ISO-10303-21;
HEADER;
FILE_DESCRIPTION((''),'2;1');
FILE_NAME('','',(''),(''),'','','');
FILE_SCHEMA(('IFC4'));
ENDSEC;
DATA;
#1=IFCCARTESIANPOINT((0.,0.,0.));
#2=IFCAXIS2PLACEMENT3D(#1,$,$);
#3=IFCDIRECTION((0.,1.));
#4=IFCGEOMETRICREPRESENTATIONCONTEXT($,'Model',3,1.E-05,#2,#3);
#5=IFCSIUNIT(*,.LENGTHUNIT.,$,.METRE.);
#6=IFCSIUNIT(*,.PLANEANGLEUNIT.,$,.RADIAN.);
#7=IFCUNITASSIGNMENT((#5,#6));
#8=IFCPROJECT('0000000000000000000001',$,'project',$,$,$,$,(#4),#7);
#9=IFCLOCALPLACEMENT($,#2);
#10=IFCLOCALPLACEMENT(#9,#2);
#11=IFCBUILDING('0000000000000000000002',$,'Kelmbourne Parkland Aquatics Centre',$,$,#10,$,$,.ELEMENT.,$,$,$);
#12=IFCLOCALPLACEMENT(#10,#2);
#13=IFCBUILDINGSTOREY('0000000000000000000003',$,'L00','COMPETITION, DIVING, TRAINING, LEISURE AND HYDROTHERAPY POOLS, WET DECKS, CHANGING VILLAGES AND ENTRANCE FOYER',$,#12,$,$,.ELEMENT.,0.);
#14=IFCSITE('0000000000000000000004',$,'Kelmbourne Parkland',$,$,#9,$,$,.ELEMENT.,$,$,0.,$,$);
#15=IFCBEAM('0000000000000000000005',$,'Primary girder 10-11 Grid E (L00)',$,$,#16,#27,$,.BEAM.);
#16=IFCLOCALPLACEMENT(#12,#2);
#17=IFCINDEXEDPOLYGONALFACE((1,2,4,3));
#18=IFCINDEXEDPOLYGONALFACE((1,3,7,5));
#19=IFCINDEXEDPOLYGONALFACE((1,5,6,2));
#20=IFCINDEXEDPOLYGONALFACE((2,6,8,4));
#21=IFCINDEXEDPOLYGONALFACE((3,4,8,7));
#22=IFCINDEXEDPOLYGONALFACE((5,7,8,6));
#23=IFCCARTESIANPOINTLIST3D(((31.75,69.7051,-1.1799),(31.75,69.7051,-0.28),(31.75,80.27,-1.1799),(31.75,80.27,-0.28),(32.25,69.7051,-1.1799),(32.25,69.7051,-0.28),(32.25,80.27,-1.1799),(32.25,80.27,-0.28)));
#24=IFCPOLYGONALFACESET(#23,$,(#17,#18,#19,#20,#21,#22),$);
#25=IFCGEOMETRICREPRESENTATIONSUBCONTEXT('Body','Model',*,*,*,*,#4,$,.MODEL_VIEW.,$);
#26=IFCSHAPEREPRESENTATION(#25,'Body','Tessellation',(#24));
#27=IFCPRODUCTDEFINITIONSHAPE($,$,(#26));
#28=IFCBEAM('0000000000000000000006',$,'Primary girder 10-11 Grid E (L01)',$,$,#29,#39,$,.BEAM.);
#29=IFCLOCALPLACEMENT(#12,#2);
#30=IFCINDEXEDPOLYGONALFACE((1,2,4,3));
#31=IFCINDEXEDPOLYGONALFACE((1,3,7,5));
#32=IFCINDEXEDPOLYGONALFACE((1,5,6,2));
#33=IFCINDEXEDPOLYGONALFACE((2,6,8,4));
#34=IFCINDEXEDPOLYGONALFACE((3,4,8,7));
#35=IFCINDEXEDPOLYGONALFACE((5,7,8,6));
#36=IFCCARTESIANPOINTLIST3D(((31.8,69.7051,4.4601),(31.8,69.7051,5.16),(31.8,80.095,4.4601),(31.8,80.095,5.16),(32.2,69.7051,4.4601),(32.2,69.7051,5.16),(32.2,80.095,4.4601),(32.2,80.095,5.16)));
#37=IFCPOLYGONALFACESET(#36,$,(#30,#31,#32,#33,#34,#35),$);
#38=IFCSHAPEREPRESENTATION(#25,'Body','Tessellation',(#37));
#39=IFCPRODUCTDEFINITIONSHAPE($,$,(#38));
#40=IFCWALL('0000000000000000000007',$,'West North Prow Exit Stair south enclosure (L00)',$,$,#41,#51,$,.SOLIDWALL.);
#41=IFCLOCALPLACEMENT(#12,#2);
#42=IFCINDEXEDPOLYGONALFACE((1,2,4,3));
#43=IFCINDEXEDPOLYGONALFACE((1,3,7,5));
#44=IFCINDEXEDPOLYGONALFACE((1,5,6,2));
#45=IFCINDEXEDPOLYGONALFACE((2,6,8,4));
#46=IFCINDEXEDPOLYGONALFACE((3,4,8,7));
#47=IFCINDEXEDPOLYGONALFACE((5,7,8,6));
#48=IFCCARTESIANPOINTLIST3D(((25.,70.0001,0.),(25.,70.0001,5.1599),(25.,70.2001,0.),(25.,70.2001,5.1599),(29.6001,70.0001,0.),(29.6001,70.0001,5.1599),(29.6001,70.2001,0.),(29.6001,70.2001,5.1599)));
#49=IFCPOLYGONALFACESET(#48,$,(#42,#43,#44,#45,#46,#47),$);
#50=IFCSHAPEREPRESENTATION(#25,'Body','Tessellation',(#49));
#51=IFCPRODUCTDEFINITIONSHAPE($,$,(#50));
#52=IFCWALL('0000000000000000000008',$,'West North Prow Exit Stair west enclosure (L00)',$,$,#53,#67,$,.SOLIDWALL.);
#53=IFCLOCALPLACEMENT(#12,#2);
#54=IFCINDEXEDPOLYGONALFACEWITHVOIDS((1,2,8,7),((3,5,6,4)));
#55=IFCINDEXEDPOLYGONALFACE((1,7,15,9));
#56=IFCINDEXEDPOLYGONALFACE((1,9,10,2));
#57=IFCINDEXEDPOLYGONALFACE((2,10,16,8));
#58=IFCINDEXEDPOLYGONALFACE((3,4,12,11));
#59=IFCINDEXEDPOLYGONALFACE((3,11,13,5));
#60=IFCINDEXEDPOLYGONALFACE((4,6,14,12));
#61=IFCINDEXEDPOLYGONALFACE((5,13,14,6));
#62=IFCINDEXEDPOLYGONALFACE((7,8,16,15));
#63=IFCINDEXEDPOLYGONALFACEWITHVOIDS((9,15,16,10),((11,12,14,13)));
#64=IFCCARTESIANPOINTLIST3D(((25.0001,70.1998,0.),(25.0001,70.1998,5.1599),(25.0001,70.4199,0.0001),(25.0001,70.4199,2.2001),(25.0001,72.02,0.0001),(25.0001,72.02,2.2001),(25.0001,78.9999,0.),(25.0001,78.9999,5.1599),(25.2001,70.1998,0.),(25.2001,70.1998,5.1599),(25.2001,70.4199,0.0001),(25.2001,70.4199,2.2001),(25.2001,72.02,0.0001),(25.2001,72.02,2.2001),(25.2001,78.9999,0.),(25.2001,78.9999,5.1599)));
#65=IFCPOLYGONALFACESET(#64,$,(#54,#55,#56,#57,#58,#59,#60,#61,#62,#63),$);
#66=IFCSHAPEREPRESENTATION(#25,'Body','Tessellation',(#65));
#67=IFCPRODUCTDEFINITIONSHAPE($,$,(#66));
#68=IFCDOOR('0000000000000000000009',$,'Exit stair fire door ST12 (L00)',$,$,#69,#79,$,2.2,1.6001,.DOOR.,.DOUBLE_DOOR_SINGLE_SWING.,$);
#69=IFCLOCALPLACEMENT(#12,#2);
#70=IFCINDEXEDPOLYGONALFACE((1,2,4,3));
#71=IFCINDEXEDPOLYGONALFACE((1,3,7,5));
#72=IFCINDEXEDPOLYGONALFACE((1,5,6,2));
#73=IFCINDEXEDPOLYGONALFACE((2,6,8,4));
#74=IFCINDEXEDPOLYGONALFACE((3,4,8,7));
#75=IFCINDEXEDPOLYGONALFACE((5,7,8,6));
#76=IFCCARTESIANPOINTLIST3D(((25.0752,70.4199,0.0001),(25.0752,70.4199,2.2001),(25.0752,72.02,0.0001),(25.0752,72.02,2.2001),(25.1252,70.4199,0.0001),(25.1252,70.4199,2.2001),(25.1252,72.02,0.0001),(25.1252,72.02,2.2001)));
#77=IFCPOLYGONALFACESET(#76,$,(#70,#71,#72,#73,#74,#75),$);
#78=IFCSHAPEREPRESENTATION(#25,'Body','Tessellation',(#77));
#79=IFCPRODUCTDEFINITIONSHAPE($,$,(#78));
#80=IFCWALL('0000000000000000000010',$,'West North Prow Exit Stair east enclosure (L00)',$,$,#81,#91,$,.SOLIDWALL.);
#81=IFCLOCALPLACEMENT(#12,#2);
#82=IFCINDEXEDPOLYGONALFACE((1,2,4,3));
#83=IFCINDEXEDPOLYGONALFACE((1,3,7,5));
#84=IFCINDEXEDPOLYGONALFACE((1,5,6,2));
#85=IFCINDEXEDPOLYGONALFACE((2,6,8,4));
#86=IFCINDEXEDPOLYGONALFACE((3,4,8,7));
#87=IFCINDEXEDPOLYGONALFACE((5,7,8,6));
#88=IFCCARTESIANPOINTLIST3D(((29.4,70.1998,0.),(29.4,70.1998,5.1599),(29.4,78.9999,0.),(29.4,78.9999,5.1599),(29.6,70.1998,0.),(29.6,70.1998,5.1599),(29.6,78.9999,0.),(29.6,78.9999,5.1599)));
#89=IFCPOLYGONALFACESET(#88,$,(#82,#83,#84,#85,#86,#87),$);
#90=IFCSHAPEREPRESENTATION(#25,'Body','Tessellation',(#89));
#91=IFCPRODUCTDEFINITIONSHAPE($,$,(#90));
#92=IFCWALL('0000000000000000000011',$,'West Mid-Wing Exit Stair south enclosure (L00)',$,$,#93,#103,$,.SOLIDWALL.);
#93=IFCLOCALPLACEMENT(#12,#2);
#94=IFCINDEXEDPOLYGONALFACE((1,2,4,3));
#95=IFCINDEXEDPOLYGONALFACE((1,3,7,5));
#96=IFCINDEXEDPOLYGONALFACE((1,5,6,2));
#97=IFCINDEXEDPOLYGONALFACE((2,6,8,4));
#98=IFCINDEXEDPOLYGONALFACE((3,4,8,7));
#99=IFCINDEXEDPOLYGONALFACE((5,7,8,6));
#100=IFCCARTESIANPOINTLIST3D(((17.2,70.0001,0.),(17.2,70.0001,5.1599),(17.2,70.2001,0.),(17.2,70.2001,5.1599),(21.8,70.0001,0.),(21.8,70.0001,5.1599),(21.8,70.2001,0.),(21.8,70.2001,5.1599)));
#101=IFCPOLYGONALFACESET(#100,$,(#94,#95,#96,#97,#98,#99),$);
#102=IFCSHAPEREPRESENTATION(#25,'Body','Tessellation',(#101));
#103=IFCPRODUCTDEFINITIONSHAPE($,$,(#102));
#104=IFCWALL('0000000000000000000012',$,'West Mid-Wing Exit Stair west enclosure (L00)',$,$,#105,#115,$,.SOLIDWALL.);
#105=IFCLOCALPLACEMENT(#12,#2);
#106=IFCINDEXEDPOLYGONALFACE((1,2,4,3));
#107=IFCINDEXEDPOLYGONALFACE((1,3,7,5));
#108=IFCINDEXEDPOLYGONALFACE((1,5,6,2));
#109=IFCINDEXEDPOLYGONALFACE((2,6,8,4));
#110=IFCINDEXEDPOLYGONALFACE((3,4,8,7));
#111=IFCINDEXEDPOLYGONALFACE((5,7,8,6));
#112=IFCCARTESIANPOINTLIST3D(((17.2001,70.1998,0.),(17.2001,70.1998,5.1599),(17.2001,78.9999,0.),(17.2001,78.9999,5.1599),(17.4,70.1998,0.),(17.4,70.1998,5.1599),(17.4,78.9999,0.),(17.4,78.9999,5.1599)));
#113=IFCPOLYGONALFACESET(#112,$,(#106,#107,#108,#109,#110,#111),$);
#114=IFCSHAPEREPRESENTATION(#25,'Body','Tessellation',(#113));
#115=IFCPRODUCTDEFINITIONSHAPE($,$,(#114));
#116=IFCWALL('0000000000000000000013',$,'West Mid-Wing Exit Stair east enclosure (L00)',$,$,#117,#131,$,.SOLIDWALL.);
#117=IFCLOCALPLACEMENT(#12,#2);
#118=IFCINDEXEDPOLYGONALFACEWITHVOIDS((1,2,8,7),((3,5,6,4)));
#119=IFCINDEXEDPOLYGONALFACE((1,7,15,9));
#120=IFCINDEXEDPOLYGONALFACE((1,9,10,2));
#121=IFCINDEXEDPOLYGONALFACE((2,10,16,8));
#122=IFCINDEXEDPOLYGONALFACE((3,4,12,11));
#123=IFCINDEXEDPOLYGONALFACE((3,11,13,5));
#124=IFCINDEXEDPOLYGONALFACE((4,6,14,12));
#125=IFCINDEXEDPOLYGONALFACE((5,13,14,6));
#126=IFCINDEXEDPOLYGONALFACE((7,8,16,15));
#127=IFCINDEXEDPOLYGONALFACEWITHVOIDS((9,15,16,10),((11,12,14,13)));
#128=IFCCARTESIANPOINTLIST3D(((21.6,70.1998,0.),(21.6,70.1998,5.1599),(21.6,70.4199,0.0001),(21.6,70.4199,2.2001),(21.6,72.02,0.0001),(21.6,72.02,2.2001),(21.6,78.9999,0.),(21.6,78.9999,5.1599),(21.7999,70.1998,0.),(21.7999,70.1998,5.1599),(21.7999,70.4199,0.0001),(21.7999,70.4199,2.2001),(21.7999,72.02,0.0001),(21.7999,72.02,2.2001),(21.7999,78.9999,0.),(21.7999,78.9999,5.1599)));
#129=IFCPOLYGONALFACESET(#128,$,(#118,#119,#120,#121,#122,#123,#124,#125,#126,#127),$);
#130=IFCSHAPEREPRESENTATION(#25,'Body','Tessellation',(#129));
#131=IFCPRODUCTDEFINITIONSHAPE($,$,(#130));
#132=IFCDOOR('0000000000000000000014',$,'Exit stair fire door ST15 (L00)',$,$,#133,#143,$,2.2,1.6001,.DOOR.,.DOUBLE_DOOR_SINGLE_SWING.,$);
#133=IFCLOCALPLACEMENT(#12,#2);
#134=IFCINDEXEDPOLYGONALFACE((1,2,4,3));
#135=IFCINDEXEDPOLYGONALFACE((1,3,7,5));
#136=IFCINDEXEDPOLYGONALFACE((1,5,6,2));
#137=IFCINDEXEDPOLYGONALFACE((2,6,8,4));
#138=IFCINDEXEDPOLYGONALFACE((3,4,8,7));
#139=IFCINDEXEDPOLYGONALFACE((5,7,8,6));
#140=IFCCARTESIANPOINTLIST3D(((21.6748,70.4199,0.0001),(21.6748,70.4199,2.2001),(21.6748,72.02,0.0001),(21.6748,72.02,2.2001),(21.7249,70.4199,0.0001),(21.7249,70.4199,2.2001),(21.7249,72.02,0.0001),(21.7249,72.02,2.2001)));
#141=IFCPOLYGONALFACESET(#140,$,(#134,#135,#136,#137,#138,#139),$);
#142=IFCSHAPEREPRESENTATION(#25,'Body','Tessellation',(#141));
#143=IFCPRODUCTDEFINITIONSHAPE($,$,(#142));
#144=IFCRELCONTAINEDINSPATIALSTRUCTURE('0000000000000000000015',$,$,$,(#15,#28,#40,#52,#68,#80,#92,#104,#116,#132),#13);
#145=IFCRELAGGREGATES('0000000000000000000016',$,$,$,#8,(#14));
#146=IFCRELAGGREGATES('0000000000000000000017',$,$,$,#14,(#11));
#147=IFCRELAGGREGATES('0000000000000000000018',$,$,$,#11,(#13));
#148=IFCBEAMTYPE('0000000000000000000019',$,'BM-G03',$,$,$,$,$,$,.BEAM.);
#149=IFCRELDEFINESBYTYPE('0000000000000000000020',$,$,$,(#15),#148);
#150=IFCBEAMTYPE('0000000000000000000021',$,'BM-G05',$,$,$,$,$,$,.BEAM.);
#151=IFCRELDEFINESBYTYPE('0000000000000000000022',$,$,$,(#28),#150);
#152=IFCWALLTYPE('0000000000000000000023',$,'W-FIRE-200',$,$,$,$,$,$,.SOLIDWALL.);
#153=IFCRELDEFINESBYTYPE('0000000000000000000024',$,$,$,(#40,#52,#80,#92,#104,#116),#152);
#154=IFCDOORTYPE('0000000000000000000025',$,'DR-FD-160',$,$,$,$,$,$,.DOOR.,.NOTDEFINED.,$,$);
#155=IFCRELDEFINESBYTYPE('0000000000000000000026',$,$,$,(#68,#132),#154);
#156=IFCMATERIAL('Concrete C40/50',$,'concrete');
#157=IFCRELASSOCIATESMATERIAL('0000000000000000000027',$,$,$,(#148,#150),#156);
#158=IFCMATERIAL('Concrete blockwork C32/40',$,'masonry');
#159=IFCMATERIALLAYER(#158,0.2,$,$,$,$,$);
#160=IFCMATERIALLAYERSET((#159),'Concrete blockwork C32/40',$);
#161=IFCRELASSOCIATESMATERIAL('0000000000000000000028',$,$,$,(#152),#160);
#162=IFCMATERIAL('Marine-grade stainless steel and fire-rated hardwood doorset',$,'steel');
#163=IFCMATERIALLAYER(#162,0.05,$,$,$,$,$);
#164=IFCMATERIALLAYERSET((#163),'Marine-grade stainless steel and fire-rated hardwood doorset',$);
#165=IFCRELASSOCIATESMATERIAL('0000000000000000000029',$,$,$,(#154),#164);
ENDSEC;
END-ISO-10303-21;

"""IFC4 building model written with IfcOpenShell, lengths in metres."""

from ifc_helpers import new_model, si_unit, direction, frame, frame_2d, origin, origin_2d, place, context, subcontext, project, spatial, rectangle, extrude, material, layer, layer_set, material_profile, profile_set, type_object, element, fill, save


model = new_model("IFC4")

# Units and contexts
model_context = context("Model", 3, precision=1e-05, world=origin(), true_north=direction((0.0, 1.0)))
body_context = subcontext(model_context, "Body", "Model", "MODEL_VIEW")
ifc_project = project(units=[si_unit("LENGTHUNIT", "METRE"), si_unit("PLANEANGLEUNIT", "RADIAN")], contexts=[model_context])

# Site, building, storey
site_placement = place(None, origin())
site = spatial("IfcSite", under=ifc_project, at=site_placement, Name="Kelmbourne Parkland", CompositionType="ELEMENT", RefElevation=0.0)
building_placement = place(site_placement, origin())
building = spatial("IfcBuilding", under=site, at=building_placement, Name="Kelmbourne Parkland Aquatics Centre", CompositionType="ELEMENT")
storey_placement = place(building_placement, origin())
storey = spatial("IfcBuildingStorey", under=building, at=storey_placement, Name="L00", Description="COMPETITION, DIVING, TRAINING, LEISURE AND HYDROTHERAPY POOLS, WET DECKS, CHANGING VILLAGES AND ENTRANCE FOYER", CompositionType="ELEMENT", Elevation=0.0)

# Beams
ifc_material_1 = material(Name="Concrete C40/50", Category="concrete")
ifc_material_profile_1 = material_profile(ifc_material_1, rectangle(XDim=0.5, YDim=0.8999, at=origin_2d()), Name="RC 500x900")
ifc_profile_set_1 = profile_set([ifc_material_profile_1], Name="Concrete C40/50")
beam_type_1 = type_object("IfcBeamType", Name="BM-G03", PredefinedType="BEAM", material=ifc_profile_set_1)
beam_1_placement = place(storey_placement, frame((32.0, 69.7051, -0.73), z_axis=(0.0, 1.0, 0.0), x_axis=(-1.0, 0.0, 0.0)))
element("IfcBeam", 1, at=beam_1_placement, inside=storey, type_object=beam_type_1, Name="Primary girder 10-11 Grid E (L00)", PredefinedType="BEAM", context=body_context, shape_type="SweptSolid", body=[
    extrude(rectangle(XDim=0.5, YDim=0.8999, at=origin_2d()), origin(), (0.0, 0.0, 1.0), 10.5649),
])
ifc_material_profile_2 = material_profile(ifc_material_1, rectangle(XDim=0.3999, YDim=0.7, at=origin_2d()), Name="RC 400x700")
ifc_profile_set_2 = profile_set([ifc_material_profile_2], Name="Concrete C40/50")
beam_type_2 = type_object("IfcBeamType", Name="BM-G05", PredefinedType="BEAM", material=ifc_profile_set_2)
beam_2_placement = place(storey_placement, frame((32.0, 69.7051, 4.8101), z_axis=(0.0, 1.0, 0.0), x_axis=(-1.0, 0.0, 0.0)))
element("IfcBeam", 2, at=beam_2_placement, inside=storey, type_object=beam_type_2, Name="Primary girder 10-11 Grid E (L01)", PredefinedType="BEAM", context=body_context, shape_type="SweptSolid", body=[
    extrude(rectangle(XDim=0.3999, YDim=0.7, at=origin_2d()), origin(), (0.0, 0.0, 1.0), 10.3899),
])

# Wall
ifc_material_2 = material(Name="Concrete blockwork C32/40", Category="masonry")
ifc_layer_1 = layer(ifc_material_2, 0.2)
ifc_layer_set_1 = layer_set([ifc_layer_1], Name="Concrete blockwork C32/40")
wall_type = type_object("IfcWallType", Name="W-FIRE-200", PredefinedType="SOLIDWALL", material=ifc_layer_set_1)
wall_1_placement = place(storey_placement, frame((25.0, 70.1001, 0.0), z_axis=(0.0, 0.0, 1.0), x_axis=(1.0, 0.0, 0.0)))
element("IfcWall", 3, at=wall_1_placement, inside=storey, type_object=wall_type, Name="West North Prow Exit Stair south enclosure (L00)", PredefinedType="SOLIDWALL", context=body_context, shape_type="SweptSolid", body=[
    extrude(rectangle(XDim=4.6001, YDim=0.2, at=frame_2d((2.3, 0.0))), origin(), (0.0, 0.0, 1.0), 5.1599),
])

# Wall, opening, door
wall_2_placement = place(storey_placement, frame((25.1001, 70.2, 0.0), z_axis=(0.0, 0.0, 1.0), x_axis=(0.0, 1.0, 0.0)))
wall_2 = element("IfcWall", 4, at=wall_2_placement, inside=storey, type_object=wall_type, Name="West North Prow Exit Stair west enclosure (L00)", PredefinedType="SOLIDWALL", context=body_context, shape_type="SweptSolid", body=[
    extrude(rectangle(XDim=8.8, YDim=0.2, at=frame_2d((4.3999, 0.0))), origin(), (0.0, 0.0, 1.0), 5.1599),
])
opening_1_placement = place(wall_2_placement, frame((0.22, 0.0, 0.0)))
opening_1 = element("IfcOpeningElement", 5, at=opening_1_placement, cuts=wall_2, PredefinedType="OPENING", context=body_context, shape_type="SweptSolid", body=[
    extrude(rectangle(XDim=1.6001, YDim=2.2, at=frame_2d((0.8, 1.1001))), frame((0.0, 0.1118, 0.0), z_axis=(0.0, -1.0, 0.0), x_axis=(1.0, 0.0, 0.0)), (0.0, 0.0, 1.0), 0.2239),
])
ifc_material_3 = material(Name="Marine-grade stainless steel and fire-rated hardwood doorset", Category="steel")
ifc_layer_2 = layer(ifc_material_3, 0.05)
ifc_layer_set_2 = layer_set([ifc_layer_2], Name="Marine-grade stainless steel and fire-rated hardwood doorset")
door_type = type_object("IfcDoorType", Name="DR-FD-160", OperationType="NOTDEFINED", PredefinedType="DOOR", material=ifc_layer_set_2)
door_1_placement = place(opening_1_placement, origin())
door_1 = element("IfcDoor", 6, at=door_1_placement, inside=storey, type_object=door_type, Name="Exit stair fire door ST12 (L00)", OperationType="DOUBLE_DOOR_SINGLE_SWING", OverallHeight=2.2, OverallWidth=1.6001, PredefinedType="DOOR", context=body_context, shape_type="SweptSolid", body=[
    extrude(rectangle(XDim=1.6001, YDim=2.2, at=frame_2d((0.8, 1.1001))), frame((0.0, 0.0249, 0.0), z_axis=(0.0, -1.0, 0.0), x_axis=(1.0, 0.0, 0.0)), (0.0, 0.0, 1.0), 0.05),
])
fill(opening_1, door_1)

# Walls
wall_3_placement = place(storey_placement, frame((29.5, 70.2, 0.0), z_axis=(0.0, 0.0, 1.0), x_axis=(0.0, 1.0, 0.0)))
element("IfcWall", 7, at=wall_3_placement, inside=storey, type_object=wall_type, Name="West North Prow Exit Stair east enclosure (L00)", PredefinedType="SOLIDWALL", context=body_context, shape_type="SweptSolid", body=[
    extrude(rectangle(XDim=8.8, YDim=0.2, at=frame_2d((4.3999, 0.0))), origin(), (0.0, 0.0, 1.0), 5.1599),
])
wall_4_placement = place(storey_placement, frame((17.2, 70.1001, 0.0), z_axis=(0.0, 0.0, 1.0), x_axis=(1.0, 0.0, 0.0)))
element("IfcWall", 8, at=wall_4_placement, inside=storey, type_object=wall_type, Name="West Mid-Wing Exit Stair south enclosure (L00)", PredefinedType="SOLIDWALL", context=body_context, shape_type="SweptSolid", body=[
    extrude(rectangle(XDim=4.6001, YDim=0.2, at=frame_2d((2.3, 0.0))), origin(), (0.0, 0.0, 1.0), 5.1599),
])
wall_5_placement = place(storey_placement, frame((17.3, 70.2, 0.0), z_axis=(0.0, 0.0, 1.0), x_axis=(0.0, 1.0, 0.0)))
element("IfcWall", 9, at=wall_5_placement, inside=storey, type_object=wall_type, Name="West Mid-Wing Exit Stair west enclosure (L00)", PredefinedType="SOLIDWALL", context=body_context, shape_type="SweptSolid", body=[
    extrude(rectangle(XDim=8.8, YDim=0.2, at=frame_2d((4.3999, 0.0))), origin(), (0.0, 0.0, 1.0), 5.1599),
])

# Wall, opening, door
wall_6_placement = place(storey_placement, frame((21.7, 70.2, 0.0), z_axis=(0.0, 0.0, 1.0), x_axis=(0.0, 1.0, 0.0)))
wall_6 = element("IfcWall", 10, at=wall_6_placement, inside=storey, type_object=wall_type, Name="West Mid-Wing Exit Stair east enclosure (L00)", PredefinedType="SOLIDWALL", context=body_context, shape_type="SweptSolid", body=[
    extrude(rectangle(XDim=8.8, YDim=0.2, at=frame_2d((4.3999, 0.0))), origin(), (0.0, 0.0, 1.0), 5.1599),
])
opening_2_placement = place(wall_6_placement, frame((0.22, 0.0, 0.0)))
opening_2 = element("IfcOpeningElement", 11, at=opening_2_placement, cuts=wall_6, PredefinedType="OPENING", context=body_context, shape_type="SweptSolid", body=[
    extrude(rectangle(XDim=1.6001, YDim=2.2, at=frame_2d((0.8, 1.1001))), frame((0.0, 0.1118, 0.0), z_axis=(0.0, -1.0, 0.0), x_axis=(1.0, 0.0, 0.0)), (0.0, 0.0, 1.0), 0.2239),
])
door_2_placement = place(opening_2_placement, frame((1.6001, 0.0, 0.0), z_axis=(0.0, 0.0, 1.0), x_axis=(-1.0, 0.0, 0.0)))
door_2 = element("IfcDoor", 12, at=door_2_placement, inside=storey, type_object=door_type, Name="Exit stair fire door ST15 (L00)", OperationType="DOUBLE_DOOR_SINGLE_SWING", OverallHeight=2.2, OverallWidth=1.6001, PredefinedType="DOOR", context=body_context, shape_type="SweptSolid", body=[
    extrude(rectangle(XDim=1.6001, YDim=2.2, at=frame_2d((0.8, 1.1001))), frame((0.0, 0.0249, 0.0), z_axis=(0.0, -1.0, 0.0), x_axis=(1.0, 0.0, 0.0)), (0.0, 0.0, 1.0), 0.05),
])
fill(opening_2, door_2)

save(model, "model.ifc")
